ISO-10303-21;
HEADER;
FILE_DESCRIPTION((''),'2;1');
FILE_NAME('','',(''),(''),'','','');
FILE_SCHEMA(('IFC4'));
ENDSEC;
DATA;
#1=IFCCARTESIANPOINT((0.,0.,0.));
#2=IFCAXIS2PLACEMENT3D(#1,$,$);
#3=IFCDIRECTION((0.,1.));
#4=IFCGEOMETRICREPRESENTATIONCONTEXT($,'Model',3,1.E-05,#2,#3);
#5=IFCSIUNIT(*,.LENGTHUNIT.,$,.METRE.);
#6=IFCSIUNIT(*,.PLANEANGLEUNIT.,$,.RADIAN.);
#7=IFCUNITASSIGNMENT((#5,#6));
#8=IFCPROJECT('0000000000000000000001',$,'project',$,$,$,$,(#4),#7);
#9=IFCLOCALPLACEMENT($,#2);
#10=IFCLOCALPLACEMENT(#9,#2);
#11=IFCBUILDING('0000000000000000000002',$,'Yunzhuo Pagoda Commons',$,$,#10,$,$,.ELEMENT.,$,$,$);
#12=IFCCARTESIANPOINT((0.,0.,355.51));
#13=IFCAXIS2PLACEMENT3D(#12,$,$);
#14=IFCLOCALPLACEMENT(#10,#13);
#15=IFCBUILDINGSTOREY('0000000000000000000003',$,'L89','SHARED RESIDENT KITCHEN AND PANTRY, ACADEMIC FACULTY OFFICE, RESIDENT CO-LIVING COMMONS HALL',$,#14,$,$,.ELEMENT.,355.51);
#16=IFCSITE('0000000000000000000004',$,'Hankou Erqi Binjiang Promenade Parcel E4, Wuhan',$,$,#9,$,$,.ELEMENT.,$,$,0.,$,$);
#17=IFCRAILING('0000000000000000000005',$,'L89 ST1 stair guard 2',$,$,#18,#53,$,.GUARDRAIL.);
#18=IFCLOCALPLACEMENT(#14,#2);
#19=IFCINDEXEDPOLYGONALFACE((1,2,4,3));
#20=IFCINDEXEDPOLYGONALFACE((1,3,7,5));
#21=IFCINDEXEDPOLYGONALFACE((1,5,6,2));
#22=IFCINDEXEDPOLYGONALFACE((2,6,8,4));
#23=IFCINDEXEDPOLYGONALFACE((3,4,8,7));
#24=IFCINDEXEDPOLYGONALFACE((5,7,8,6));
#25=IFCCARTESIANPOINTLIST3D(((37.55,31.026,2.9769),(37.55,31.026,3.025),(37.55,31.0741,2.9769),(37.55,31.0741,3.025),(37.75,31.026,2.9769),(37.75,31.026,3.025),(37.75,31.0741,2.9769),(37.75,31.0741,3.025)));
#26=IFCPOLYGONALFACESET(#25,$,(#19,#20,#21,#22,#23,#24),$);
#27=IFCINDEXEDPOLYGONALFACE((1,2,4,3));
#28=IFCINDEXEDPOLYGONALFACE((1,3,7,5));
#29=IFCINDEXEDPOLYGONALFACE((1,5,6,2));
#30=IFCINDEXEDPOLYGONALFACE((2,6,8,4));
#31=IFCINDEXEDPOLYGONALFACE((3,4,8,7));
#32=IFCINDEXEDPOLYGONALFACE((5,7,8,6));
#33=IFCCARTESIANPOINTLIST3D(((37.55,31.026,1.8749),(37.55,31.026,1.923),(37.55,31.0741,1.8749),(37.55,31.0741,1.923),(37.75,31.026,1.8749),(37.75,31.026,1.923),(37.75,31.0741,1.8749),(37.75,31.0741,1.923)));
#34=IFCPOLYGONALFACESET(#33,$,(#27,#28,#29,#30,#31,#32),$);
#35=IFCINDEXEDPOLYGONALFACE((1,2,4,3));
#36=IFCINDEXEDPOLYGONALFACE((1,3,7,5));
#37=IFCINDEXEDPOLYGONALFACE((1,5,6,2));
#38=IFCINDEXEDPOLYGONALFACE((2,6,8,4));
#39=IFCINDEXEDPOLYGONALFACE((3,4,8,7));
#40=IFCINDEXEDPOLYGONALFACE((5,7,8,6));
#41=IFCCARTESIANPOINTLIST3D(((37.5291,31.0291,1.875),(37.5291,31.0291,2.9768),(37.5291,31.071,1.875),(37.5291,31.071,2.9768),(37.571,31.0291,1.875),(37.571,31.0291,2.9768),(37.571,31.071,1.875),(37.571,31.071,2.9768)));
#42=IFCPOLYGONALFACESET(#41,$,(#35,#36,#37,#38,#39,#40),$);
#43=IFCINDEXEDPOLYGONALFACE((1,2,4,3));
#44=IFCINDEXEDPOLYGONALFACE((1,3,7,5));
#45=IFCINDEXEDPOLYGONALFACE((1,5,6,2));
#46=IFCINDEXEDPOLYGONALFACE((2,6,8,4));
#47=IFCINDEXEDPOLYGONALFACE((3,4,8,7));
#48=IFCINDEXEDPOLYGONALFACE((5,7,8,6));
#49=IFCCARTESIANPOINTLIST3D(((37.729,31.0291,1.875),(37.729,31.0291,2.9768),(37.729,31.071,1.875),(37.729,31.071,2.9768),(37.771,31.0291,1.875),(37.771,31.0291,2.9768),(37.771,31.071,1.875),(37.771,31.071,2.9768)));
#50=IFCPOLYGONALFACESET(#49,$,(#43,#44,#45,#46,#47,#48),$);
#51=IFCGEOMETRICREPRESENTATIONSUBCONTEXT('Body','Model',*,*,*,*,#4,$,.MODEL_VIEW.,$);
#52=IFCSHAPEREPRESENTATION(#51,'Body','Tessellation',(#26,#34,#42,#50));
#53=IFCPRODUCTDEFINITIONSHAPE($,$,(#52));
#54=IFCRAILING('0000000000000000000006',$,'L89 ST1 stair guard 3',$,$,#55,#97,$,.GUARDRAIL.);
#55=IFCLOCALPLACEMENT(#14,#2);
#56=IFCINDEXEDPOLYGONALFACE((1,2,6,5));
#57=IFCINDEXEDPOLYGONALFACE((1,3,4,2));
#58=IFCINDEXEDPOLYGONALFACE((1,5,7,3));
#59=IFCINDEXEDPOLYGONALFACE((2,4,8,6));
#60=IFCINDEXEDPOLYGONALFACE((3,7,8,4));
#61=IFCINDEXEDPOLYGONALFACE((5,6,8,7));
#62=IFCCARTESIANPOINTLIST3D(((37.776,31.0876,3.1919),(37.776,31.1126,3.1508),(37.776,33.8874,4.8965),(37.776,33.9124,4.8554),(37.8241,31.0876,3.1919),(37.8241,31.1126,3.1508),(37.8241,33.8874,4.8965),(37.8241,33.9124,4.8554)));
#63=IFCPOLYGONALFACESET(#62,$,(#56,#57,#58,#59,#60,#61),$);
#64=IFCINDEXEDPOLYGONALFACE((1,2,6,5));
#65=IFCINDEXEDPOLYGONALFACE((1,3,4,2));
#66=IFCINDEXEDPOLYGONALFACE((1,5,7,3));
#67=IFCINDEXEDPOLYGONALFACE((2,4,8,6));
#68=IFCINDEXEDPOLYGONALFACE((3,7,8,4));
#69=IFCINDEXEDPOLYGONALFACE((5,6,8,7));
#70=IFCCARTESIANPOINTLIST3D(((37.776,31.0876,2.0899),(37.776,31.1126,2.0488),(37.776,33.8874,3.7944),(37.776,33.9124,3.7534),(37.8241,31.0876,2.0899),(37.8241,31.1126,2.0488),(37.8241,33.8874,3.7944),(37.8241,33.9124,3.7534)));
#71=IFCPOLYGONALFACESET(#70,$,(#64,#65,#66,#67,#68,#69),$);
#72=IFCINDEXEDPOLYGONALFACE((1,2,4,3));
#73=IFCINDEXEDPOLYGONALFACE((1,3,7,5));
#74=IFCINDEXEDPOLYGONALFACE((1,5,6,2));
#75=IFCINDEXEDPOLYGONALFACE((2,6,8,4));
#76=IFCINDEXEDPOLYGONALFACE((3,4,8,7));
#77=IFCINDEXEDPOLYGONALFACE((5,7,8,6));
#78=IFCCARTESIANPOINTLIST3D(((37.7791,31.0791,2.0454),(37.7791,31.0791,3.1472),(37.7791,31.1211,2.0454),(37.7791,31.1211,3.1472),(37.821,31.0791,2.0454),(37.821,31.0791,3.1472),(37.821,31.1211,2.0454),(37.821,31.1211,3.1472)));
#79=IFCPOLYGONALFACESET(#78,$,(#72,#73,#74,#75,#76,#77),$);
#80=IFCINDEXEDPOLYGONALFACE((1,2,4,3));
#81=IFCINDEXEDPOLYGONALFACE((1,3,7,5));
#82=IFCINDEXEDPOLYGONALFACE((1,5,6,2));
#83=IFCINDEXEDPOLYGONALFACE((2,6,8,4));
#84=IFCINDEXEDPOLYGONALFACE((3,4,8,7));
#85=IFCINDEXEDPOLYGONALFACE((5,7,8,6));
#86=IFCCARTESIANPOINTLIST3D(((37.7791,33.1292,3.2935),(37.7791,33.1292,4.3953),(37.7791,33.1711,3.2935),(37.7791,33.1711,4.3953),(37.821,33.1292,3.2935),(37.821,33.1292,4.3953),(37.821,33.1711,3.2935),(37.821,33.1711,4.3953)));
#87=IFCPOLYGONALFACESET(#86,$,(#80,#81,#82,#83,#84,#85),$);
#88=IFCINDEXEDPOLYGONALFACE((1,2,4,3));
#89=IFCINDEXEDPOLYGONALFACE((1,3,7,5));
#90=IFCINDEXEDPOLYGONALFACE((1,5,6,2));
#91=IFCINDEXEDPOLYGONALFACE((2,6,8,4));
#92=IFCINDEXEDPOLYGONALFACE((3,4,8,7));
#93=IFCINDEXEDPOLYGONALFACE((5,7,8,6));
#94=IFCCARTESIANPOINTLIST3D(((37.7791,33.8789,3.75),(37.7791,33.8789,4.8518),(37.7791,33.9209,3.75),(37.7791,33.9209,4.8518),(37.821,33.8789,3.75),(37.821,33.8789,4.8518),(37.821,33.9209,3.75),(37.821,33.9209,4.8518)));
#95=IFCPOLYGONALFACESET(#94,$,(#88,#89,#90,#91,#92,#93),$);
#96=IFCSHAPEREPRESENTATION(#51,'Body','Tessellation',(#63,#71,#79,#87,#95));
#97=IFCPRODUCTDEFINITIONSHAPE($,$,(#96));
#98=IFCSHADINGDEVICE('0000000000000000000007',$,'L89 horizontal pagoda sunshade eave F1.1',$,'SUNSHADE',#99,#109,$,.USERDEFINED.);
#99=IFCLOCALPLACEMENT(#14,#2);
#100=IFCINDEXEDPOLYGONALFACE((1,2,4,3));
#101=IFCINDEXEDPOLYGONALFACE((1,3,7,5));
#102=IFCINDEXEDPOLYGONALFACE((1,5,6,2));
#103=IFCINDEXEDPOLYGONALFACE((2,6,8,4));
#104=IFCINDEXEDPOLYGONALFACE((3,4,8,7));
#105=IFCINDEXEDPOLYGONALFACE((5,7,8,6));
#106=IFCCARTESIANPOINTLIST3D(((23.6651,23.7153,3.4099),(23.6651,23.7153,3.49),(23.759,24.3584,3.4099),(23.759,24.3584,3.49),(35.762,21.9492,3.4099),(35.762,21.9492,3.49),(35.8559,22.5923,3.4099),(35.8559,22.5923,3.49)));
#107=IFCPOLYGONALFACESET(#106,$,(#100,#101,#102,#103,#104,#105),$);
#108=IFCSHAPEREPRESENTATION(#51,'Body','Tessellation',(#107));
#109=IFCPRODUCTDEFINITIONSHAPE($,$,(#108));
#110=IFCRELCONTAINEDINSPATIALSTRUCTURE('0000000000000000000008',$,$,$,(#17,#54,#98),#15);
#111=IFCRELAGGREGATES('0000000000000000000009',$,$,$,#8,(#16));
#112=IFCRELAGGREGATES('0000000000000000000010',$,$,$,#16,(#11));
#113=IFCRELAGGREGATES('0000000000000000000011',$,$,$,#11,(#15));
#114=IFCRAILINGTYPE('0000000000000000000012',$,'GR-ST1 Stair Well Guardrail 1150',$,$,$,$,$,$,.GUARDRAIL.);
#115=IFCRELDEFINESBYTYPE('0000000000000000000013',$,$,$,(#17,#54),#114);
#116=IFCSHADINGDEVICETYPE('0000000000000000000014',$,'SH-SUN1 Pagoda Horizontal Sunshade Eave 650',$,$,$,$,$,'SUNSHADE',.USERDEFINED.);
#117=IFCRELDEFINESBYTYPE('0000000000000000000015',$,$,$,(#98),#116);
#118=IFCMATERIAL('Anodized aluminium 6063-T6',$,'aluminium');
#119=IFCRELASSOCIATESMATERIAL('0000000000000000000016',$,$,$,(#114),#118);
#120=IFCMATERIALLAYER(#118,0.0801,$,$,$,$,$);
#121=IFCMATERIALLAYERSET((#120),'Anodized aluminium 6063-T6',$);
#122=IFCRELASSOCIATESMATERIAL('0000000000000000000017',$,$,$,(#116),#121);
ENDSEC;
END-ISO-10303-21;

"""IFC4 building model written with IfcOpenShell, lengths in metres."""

from ifc_helpers import new_model, si_unit, direction, frame, origin, origin_2d, place, context, subcontext, project, spatial, rectangle, extrude, source, transform, mapped, material, layer, layer_set, type_object, element, save


model = new_model("IFC4")

# Units and contexts
model_context = context("Model", 3, precision=1e-05, world=origin(), true_north=direction((0.0, 1.0)))
body_context = subcontext(model_context, "Body", "Model", "MODEL_VIEW")
ifc_project = project(units=[si_unit("LENGTHUNIT", "METRE"), si_unit("PLANEANGLEUNIT", "RADIAN")], contexts=[model_context])

# Site, building, storey
site_placement = place(None, origin())
site = spatial("IfcSite", under=ifc_project, at=site_placement, Name="Hankou Erqi Binjiang Promenade Parcel E4, Wuhan", CompositionType="ELEMENT", RefElevation=0.0)
building_placement = place(site_placement, origin())
building = spatial("IfcBuilding", under=site, at=building_placement, Name="Yunzhuo Pagoda Commons", CompositionType="ELEMENT")
storey_placement = place(building_placement, frame((0.0, 0.0, 355.51)))
storey = spatial("IfcBuildingStorey", under=building, at=storey_placement, Name="L89", Description="SHARED RESIDENT KITCHEN AND PANTRY, ACADEMIC FACULTY OFFICE, RESIDENT CO-LIVING COMMONS HALL", CompositionType="ELEMENT", Elevation=355.51)

# Shared definitions
ifc_material_1 = material(Name="Anodized aluminium 6063-T6", Category="aluminium")

# Railings
railing_type = type_object("IfcRailingType", Name="GR-ST1 Stair Well Guardrail 1150", PredefinedType="GUARDRAIL", material=ifc_material_1)
railing_1_placement = place(storey_placement, frame((37.55, 31.05, 1.875)))
element("IfcRailing", 1, at=railing_1_placement, inside=storey, type_object=railing_type, Name="L89 ST1 stair guard 2", PredefinedType="GUARDRAIL", context=body_context, shape_type="SweptSolid", body=[
    extrude(rectangle(XDim=0.0481, YDim=0.0481, at=origin_2d()), frame((0.0, 0.0, 1.126), z_axis=(1.0, 0.0, 0.0), x_axis=(0.0, 1.0, 0.0)), (0.0, 0.0, 1.0), 0.2),
    extrude(rectangle(XDim=0.0481, YDim=0.0481, at=origin_2d()), frame((0.0, 0.0, 0.0239), z_axis=(1.0, 0.0, 0.0), x_axis=(0.0, 1.0, 0.0)), (0.0, 0.0, 1.0), 0.2),
    extrude(rectangle(XDim=0.042, YDim=0.042, at=origin_2d()), origin(), (0.0, 0.0, 1.0), 1.1018),
    extrude(rectangle(XDim=0.042, YDim=0.042, at=origin_2d()), frame((0.2, 0.0, 0.0)), (0.0, 0.0, 1.0), 1.1018),
])
railing_2_placement = place(storey_placement, frame((37.8, 31.1001, 2.0454)))
element("IfcRailing", 2, at=railing_2_placement, inside=storey, type_object=railing_type, Name="L89 ST1 stair guard 3", PredefinedType="GUARDRAIL", context=body_context, shape_type="SweptSolid", body=[
    extrude(rectangle(XDim=0.0481, YDim=0.0481, at=origin_2d()), frame((0.0, 0.0, 1.126), z_axis=(0.0, 0.85415, 0.520027), x_axis=(-1.0, 0.0, 0.0)), (0.0, 0.0, 1.0), 3.2778),
    extrude(rectangle(XDim=0.0481, YDim=0.0481, at=origin_2d()), frame((0.0, 0.0, 0.0239), z_axis=(0.0, 0.85415, 0.520027), x_axis=(-1.0, 0.0, 0.0)), (0.0, 0.0, 1.0), 3.2778),
    extrude(rectangle(XDim=0.042, YDim=0.042, at=origin_2d()), origin(), (0.0, 0.0, 1.0), 1.1018),
    extrude(rectangle(XDim=0.042, YDim=0.042, at=origin_2d()), frame((0.0, 2.05, 1.248)), (0.0, 0.0, 1.0), 1.1018),
    extrude(rectangle(XDim=0.042, YDim=0.042, at=origin_2d()), frame((0.0, 2.7998, 1.7046)), (0.0, 0.0, 1.0), 1.1018),
])

# Shading device
ifc_layer_1 = layer(ifc_material_1, 0.0801)
ifc_layer_set_1 = layer_set([ifc_layer_1], Name="Anodized aluminium 6063-T6")
shading_device_type = type_object("IfcShadingDeviceType", Name="SH-SUN1 Pagoda Horizontal Sunshade Eave 650", ElementType="SUNSHADE", PredefinedType="USERDEFINED", material=ifc_layer_set_1)
shared_shape_1 = source(origin(), body_context, "Body", "SweptSolid", [
    extrude(rectangle(XDim=12.2251, YDim=0.6499, at=origin_2d()), origin(), (0.0, 0.0, 1.0), 0.0801),
])
shading_device_placement = place(storey_placement, frame((29.7605, 23.1538, 3.4099), z_axis=(0.0, 0.0, 1.0), x_axis=(0.989511, -0.14446, 0.0)))
element("IfcShadingDevice", 3, at=shading_device_placement, inside=storey, type_object=shading_device_type, Name="L89 horizontal pagoda sunshade eave F1.1", ObjectType="SUNSHADE", PredefinedType="USERDEFINED", context=body_context, shape_type="MappedRepresentation", body=[
    mapped(shared_shape_1, transform((0.0, 0.0, 0.0), scale=1.0)),
])

save(model, "model.ifc")
